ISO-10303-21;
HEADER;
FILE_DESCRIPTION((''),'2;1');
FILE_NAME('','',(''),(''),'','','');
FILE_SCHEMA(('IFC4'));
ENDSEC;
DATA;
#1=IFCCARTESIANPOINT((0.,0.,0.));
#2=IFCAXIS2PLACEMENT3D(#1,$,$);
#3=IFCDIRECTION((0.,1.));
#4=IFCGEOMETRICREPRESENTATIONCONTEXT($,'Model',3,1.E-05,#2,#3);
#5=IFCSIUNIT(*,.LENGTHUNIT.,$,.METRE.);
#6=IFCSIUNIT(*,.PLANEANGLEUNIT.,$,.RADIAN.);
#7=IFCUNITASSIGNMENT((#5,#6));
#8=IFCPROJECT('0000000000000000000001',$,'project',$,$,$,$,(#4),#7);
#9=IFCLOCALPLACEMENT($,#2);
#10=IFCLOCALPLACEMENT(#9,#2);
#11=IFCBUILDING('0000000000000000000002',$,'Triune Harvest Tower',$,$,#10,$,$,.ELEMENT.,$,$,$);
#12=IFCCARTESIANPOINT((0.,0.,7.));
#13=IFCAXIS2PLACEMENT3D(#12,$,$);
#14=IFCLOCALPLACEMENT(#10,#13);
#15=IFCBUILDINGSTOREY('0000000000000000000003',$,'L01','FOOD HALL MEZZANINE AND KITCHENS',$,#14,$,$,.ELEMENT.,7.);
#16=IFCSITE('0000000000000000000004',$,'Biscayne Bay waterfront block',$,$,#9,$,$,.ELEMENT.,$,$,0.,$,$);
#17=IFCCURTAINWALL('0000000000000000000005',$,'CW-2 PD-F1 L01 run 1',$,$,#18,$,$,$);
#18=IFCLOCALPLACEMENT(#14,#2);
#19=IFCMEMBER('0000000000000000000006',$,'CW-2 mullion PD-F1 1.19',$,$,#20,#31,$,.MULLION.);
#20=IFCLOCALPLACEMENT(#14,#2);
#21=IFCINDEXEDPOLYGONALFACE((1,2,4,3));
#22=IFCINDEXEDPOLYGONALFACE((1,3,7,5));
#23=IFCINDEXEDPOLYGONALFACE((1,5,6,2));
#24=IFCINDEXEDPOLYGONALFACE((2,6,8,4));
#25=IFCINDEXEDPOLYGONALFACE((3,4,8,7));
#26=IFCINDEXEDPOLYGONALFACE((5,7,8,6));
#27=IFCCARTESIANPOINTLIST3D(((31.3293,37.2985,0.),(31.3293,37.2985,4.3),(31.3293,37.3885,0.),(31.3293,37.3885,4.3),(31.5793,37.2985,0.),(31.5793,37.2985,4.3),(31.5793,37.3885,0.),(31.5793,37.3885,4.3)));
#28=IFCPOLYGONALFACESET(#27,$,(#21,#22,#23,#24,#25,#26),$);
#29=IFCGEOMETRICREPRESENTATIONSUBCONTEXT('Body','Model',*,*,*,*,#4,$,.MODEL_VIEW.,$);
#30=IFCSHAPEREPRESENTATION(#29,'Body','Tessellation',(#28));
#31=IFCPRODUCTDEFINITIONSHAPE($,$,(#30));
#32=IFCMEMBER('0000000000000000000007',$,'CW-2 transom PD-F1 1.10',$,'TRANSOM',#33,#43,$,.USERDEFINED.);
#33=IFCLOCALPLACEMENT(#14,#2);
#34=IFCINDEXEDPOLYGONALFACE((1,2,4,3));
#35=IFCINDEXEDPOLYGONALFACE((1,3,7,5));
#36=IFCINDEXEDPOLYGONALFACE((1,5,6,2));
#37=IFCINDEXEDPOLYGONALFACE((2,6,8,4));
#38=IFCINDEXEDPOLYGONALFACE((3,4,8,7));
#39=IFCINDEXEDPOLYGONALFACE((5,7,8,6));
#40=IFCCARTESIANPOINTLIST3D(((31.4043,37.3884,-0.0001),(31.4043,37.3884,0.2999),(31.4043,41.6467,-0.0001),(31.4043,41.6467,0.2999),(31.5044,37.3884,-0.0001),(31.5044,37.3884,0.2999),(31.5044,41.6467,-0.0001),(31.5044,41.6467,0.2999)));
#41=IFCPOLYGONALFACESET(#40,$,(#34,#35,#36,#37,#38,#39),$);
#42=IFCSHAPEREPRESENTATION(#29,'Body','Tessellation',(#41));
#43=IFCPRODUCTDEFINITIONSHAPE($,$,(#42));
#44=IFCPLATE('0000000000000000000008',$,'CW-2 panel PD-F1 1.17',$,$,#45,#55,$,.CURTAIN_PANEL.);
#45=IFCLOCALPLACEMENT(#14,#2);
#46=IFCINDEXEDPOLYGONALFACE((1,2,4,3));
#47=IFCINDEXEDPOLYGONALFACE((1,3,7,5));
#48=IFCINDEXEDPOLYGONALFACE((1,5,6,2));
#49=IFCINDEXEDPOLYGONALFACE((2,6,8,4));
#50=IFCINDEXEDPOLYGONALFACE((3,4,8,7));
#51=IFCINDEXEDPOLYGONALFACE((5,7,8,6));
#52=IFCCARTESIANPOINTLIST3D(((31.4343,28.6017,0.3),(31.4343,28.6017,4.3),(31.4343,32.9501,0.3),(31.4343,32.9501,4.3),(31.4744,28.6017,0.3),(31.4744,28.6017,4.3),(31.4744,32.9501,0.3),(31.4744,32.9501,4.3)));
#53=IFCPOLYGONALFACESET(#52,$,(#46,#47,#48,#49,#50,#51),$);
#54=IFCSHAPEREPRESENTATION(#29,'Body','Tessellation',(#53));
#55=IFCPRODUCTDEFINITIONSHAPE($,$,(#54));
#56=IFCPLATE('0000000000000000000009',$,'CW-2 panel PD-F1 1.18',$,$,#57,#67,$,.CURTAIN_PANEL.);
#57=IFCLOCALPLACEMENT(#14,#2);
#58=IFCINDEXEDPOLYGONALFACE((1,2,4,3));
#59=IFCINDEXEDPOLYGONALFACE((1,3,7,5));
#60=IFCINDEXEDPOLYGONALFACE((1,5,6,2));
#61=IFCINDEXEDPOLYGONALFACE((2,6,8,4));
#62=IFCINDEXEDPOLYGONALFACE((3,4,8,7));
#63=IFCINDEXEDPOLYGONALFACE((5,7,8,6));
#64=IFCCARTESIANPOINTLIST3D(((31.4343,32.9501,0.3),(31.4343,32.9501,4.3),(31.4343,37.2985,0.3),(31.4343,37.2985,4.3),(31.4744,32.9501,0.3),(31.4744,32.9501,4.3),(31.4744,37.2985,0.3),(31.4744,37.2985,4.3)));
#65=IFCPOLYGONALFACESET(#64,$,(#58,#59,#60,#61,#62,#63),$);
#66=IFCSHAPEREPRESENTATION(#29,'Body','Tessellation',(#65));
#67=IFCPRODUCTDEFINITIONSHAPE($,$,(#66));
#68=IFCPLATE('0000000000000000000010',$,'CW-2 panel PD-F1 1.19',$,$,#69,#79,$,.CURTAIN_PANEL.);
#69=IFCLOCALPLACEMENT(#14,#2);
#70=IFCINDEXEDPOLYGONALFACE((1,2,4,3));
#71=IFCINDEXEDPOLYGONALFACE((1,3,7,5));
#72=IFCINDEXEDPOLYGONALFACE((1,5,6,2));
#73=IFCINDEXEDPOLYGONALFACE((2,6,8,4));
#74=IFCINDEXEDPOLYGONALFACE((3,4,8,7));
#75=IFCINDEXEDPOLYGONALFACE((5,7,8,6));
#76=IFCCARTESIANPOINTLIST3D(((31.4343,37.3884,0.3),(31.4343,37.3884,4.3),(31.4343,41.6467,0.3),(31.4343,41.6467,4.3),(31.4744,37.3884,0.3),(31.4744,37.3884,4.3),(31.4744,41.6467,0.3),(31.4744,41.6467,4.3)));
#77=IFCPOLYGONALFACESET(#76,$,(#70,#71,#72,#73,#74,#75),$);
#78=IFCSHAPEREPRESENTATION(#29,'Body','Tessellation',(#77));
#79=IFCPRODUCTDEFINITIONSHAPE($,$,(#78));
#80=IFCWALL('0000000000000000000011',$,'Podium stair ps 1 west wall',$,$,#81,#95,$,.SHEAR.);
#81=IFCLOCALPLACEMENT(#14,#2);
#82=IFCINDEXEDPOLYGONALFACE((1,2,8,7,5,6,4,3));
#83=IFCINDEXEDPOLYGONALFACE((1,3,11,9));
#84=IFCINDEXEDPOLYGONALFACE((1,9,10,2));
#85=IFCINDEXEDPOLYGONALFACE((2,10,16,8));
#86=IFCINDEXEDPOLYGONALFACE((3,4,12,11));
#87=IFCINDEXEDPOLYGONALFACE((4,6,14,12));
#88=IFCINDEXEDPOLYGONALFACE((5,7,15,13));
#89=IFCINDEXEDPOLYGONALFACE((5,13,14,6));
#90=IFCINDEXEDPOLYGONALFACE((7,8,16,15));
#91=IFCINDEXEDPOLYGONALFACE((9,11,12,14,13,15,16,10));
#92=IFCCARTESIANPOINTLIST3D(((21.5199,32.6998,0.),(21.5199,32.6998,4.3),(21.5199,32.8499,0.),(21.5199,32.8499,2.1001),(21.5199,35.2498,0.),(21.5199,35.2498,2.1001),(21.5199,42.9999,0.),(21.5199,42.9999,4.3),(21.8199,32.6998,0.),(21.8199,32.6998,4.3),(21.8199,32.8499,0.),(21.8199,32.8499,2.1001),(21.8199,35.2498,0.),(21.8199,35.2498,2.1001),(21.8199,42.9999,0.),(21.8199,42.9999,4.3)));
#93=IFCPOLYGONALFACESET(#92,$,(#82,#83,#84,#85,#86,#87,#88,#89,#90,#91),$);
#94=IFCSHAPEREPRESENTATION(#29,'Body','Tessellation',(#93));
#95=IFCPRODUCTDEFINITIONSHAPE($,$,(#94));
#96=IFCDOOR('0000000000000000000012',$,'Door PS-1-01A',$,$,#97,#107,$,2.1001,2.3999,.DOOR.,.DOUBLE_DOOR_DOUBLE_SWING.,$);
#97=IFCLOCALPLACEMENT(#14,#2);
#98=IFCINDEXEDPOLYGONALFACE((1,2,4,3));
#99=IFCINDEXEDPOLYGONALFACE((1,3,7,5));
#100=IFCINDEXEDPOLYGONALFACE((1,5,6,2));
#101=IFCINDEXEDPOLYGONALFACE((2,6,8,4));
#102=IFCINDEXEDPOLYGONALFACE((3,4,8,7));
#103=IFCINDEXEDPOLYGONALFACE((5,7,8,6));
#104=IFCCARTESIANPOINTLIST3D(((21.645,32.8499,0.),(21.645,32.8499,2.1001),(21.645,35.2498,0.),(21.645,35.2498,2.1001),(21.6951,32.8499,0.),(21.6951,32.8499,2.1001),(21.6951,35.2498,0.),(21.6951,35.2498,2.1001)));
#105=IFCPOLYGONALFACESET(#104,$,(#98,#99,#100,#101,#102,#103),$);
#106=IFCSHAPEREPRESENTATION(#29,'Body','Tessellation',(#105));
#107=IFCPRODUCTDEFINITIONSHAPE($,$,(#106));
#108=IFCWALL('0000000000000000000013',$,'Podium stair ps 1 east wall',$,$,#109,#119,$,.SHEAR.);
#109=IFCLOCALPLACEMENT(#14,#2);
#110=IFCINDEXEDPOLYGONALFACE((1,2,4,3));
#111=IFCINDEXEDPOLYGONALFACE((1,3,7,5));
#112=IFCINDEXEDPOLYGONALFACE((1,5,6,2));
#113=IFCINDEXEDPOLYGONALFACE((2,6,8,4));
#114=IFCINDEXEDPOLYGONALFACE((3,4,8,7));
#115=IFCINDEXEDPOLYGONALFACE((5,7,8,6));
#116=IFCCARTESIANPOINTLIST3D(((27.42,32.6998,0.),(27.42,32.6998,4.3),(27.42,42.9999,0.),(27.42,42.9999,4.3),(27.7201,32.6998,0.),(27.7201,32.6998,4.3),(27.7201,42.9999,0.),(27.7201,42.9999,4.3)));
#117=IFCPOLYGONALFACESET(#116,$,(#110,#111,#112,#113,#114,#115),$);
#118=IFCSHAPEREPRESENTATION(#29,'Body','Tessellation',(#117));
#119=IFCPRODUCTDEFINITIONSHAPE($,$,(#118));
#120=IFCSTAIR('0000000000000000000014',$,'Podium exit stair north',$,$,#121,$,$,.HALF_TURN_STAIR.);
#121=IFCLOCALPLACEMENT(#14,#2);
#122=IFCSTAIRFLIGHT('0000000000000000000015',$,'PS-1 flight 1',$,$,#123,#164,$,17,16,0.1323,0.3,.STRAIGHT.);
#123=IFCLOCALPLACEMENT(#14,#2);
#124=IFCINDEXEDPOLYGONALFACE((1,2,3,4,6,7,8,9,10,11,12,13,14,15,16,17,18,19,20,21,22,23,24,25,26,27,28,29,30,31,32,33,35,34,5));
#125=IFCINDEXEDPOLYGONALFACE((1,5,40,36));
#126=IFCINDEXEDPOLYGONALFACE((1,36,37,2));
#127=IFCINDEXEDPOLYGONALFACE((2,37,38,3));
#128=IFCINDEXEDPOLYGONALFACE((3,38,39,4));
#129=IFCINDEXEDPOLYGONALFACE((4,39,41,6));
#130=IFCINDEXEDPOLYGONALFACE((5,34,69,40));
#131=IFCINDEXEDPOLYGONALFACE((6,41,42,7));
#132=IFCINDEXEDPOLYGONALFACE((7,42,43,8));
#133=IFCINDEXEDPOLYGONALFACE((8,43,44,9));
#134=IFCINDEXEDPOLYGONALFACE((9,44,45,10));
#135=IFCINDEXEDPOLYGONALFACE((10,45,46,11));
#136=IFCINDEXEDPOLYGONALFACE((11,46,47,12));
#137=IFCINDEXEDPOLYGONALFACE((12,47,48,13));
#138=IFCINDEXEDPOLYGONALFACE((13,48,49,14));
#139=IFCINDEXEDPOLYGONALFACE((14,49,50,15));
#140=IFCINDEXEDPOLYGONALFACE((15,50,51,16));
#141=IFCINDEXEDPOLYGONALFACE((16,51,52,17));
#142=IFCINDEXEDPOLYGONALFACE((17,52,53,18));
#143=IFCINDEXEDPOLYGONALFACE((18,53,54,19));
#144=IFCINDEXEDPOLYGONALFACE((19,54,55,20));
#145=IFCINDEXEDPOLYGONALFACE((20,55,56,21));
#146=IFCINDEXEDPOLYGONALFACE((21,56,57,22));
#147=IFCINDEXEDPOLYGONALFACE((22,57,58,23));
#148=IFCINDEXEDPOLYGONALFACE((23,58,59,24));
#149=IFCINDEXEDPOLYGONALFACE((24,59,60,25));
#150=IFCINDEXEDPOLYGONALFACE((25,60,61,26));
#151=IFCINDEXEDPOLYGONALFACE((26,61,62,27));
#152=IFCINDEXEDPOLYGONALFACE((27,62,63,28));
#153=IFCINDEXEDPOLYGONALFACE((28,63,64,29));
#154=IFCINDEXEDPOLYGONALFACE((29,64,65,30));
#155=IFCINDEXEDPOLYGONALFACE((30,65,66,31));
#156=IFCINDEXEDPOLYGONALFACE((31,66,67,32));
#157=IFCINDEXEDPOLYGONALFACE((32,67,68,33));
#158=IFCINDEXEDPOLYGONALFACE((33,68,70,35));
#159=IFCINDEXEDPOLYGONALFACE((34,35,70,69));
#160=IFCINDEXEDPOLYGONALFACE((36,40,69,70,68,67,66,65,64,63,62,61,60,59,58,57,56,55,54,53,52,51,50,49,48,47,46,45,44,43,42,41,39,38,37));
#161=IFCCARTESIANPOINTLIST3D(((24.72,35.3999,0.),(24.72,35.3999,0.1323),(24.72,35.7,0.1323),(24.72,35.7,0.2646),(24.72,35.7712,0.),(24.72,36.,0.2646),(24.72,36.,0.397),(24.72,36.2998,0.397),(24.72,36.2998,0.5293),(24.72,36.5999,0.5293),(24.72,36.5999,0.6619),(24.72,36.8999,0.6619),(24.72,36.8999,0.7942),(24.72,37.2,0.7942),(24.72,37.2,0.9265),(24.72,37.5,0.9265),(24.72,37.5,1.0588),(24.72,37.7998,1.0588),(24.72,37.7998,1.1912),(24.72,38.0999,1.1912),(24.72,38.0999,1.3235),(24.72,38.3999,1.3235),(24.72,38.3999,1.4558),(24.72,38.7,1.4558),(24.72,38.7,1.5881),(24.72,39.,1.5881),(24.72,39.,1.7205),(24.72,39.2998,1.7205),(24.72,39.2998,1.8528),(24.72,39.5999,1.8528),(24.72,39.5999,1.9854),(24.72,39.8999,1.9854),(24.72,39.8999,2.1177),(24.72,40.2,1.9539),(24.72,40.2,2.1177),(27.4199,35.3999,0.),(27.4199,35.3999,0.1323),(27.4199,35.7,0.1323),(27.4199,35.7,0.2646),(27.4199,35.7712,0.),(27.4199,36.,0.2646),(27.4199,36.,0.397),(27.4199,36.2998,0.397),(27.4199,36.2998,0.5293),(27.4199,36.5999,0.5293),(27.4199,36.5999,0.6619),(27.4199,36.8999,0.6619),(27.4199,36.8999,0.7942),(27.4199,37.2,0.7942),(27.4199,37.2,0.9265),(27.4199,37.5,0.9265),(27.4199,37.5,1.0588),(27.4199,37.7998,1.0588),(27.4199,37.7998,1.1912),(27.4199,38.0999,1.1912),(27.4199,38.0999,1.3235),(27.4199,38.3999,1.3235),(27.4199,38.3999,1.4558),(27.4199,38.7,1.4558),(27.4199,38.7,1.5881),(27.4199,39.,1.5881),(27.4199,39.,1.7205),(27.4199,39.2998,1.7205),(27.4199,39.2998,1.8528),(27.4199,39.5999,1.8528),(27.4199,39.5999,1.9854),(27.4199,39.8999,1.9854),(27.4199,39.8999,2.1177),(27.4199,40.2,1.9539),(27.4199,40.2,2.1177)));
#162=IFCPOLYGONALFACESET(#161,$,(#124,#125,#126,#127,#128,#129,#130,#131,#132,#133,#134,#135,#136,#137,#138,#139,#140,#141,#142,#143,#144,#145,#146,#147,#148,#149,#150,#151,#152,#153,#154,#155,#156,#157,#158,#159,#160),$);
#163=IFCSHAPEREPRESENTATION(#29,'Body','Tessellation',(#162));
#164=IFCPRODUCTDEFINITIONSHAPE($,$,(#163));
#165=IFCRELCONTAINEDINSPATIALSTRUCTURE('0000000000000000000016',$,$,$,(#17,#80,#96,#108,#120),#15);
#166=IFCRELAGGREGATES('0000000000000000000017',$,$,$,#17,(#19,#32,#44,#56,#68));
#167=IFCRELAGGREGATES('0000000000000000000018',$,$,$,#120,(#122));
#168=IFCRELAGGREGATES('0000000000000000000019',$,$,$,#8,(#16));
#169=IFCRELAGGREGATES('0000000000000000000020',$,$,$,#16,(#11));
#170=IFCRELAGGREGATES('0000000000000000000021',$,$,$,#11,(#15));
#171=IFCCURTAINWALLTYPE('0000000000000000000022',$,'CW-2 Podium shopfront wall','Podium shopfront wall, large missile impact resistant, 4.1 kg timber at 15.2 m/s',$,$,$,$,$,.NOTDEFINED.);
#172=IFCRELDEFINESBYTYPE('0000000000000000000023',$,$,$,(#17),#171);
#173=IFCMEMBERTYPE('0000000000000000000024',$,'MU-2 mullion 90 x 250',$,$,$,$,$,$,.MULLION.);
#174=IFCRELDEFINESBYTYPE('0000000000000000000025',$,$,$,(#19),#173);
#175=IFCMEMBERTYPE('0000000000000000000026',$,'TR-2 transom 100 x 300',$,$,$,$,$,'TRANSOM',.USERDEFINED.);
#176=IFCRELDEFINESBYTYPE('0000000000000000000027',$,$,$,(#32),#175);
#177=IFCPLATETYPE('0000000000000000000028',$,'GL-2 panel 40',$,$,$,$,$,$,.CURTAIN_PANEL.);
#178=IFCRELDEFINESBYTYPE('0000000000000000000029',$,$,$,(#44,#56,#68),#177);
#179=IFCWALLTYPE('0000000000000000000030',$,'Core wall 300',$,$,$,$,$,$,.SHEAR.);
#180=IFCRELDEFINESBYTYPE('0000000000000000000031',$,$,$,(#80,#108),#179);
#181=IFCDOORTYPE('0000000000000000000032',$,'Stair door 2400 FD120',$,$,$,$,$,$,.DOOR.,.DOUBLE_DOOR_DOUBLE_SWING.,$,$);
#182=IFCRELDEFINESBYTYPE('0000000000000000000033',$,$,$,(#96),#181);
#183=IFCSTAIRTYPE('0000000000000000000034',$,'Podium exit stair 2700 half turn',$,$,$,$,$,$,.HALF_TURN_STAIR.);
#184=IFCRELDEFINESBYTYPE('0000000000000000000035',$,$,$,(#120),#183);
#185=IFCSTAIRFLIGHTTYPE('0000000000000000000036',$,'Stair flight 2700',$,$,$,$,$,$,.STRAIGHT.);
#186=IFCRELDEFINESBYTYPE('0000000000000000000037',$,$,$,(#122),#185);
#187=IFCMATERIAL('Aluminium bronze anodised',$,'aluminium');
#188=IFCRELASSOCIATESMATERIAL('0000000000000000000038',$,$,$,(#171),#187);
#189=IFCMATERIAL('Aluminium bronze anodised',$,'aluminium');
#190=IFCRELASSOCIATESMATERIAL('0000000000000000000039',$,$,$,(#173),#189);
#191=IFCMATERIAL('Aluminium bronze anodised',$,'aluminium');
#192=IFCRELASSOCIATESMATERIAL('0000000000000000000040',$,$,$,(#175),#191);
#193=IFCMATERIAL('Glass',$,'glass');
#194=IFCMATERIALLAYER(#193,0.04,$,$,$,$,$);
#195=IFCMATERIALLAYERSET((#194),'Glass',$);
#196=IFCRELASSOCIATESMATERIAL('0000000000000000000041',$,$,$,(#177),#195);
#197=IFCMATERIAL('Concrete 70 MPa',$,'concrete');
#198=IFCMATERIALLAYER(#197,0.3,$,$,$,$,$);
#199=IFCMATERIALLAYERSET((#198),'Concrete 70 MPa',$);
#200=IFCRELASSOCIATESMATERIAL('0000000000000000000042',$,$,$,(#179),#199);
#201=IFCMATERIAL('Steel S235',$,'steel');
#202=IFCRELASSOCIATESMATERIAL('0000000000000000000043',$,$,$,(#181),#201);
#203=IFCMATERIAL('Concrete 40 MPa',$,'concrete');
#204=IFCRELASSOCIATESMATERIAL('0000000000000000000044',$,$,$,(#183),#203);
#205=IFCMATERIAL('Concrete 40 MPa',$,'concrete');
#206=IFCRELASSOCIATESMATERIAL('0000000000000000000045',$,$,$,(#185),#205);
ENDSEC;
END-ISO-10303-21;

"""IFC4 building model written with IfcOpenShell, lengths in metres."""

from ifc_helpers import new_model, si_unit, direction, frame, frame_2d, origin, origin_2d, place, context, subcontext, project, spatial, polyline, rectangle, outline, extrude, source, transform, mapped, material, layer, layer_set, material_profile, profile_set, type_object, element, fill, aggregate, save


model = new_model("IFC4")

# Units and contexts
model_context = context("Model", 3, precision=1e-05, world=origin(), true_north=direction((0.0, 1.0)))
body_context = subcontext(model_context, "Body", "Model", "MODEL_VIEW")
ifc_project = project(units=[si_unit("LENGTHUNIT", "METRE"), si_unit("PLANEANGLEUNIT", "RADIAN")], contexts=[model_context])

# Site, building, storey
site_placement = place(None, origin())
site = spatial("IfcSite", under=ifc_project, at=site_placement, Name="Biscayne Bay waterfront block", CompositionType="ELEMENT", RefElevation=0.0)
building_placement = place(site_placement, origin())
building = spatial("IfcBuilding", under=site, at=building_placement, Name="Triune Harvest Tower", CompositionType="ELEMENT")
storey_placement = place(building_placement, frame((0.0, 0.0, 7.0)))
storey = spatial("IfcBuildingStorey", under=building, at=storey_placement, Name="L01", Description="FOOD HALL MEZZANINE AND KITCHENS", CompositionType="ELEMENT", Elevation=7.0)

# Curtain wall, members, plates
ifc_material_1 = material(Name="Aluminium bronze anodised", Category="aluminium")
curtain_wall_type = type_object("IfcCurtainWallType", Name="CW-2 Podium shopfront wall", Description="Podium shopfront wall, large missile impact resistant, 4.1 kg timber at 15.2 m/s", PredefinedType="NOTDEFINED", material=ifc_material_1)
curtain_wall_placement = place(storey_placement, origin())
curtain_wall = element("IfcCurtainWall", 1, at=curtain_wall_placement, inside=storey, type_object=curtain_wall_type, Name="CW-2 PD-F1 L01 run 1")
ifc_material_2 = material(Name="Aluminium bronze anodised", Category="aluminium")
ifc_material_profile_1 = material_profile(ifc_material_2, rectangle(XDim=0.25, YDim=0.0901, at=origin_2d()), Name="MU-2 mullion 90 x 250")
ifc_profile_set_1 = profile_set([ifc_material_profile_1], Name="Aluminium bronze anodised")
member_type_1 = type_object("IfcMemberType", Name="MU-2 mullion 90 x 250", PredefinedType="MULLION", material=ifc_profile_set_1)
shared_shape_1 = source(origin(), body_context, "Body", "SweptSolid", [
    extrude(rectangle(XDim=0.25, YDim=0.0901, at=origin_2d()), origin(), (0.0, 0.0, 1.0), 4.3),
])
member_1_placement = place(storey_placement, frame((31.4543, 37.3435, 0.0), z_axis=(0.0, 0.0, 1.0), x_axis=(-1.0, 0.0, 0.0)))
member_1 = element("IfcMember", 2, at=member_1_placement, type_object=member_type_1, Name="CW-2 mullion PD-F1 1.19", PredefinedType="MULLION", context=body_context, shape_type="MappedRepresentation", body=[
    mapped(shared_shape_1, transform((0.0, 0.0, 0.0), scale=1.0)),
])
ifc_material_3 = material(Name="Aluminium bronze anodised", Category="aluminium")
ifc_material_profile_2 = material_profile(ifc_material_3, rectangle(XDim=0.1001, YDim=0.3, at=origin_2d()), Name="TR-2 transom 100 x 300")
ifc_profile_set_2 = profile_set([ifc_material_profile_2], Name="Aluminium bronze anodised")
member_type_2 = type_object("IfcMemberType", Name="TR-2 transom 100 x 300", ElementType="TRANSOM", PredefinedType="USERDEFINED", material=ifc_profile_set_2)
shared_shape_2 = source(origin(), body_context, "Body", "SweptSolid", [
    extrude(rectangle(XDim=0.1001, YDim=0.3, at=origin_2d()), origin(), (0.0, 0.0, 1.0), 4.2583),
])
member_2_placement = place(storey_placement, frame((31.4543, 37.3884, 0.1499), z_axis=(0.0, 1.0, 0.0), x_axis=(-1.0, 0.0, 0.0)))
member_2 = element("IfcMember", 3, at=member_2_placement, type_object=member_type_2, Name="CW-2 transom PD-F1 1.10", ObjectType="TRANSOM", PredefinedType="USERDEFINED", context=body_context, shape_type="MappedRepresentation", body=[
    mapped(shared_shape_2, transform((0.0, 0.0, 0.0), scale=1.0)),
])
ifc_material_4 = material(Name="Glass", Category="glass")
ifc_layer_1 = layer(ifc_material_4, 0.04)
ifc_layer_set_1 = layer_set([ifc_layer_1], Name="Glass")
plate_type = type_object("IfcPlateType", Name="GL-2 panel 40", PredefinedType="CURTAIN_PANEL", material=ifc_layer_set_1)
shared_shape_3 = source(origin(), body_context, "Body", "SweptSolid", [
    extrude(rectangle(XDim=4.3484, YDim=0.04, at=origin_2d()), origin(), (0.0, 0.0, 1.0), 4.0),
])
plate_1_placement = place(storey_placement, frame((31.4543, 30.7759, 0.3), z_axis=(0.0, 0.0, 1.0), x_axis=(0.0, 1.0, 0.0)))
plate_1 = element("IfcPlate", 4, at=plate_1_placement, type_object=plate_type, Name="CW-2 panel PD-F1 1.17", PredefinedType="CURTAIN_PANEL", context=body_context, shape_type="MappedRepresentation", body=[
    mapped(shared_shape_3, transform((0.0, 0.0, 0.0), scale=1.0)),
])
plate_2_placement = place(storey_placement, frame((31.4543, 35.1243, 0.3), z_axis=(0.0, 0.0, 1.0), x_axis=(0.0, 1.0, 0.0)))
plate_2 = element("IfcPlate", 5, at=plate_2_placement, type_object=plate_type, Name="CW-2 panel PD-F1 1.18", PredefinedType="CURTAIN_PANEL", context=body_context, shape_type="MappedRepresentation", body=[
    mapped(shared_shape_3, transform((0.0, 0.0, 0.0), scale=1.0)),
])
shared_shape_4 = source(origin(), body_context, "Body", "SweptSolid", [
    extrude(rectangle(XDim=4.2583, YDim=0.04, at=origin_2d()), origin(), (0.0, 0.0, 1.0), 4.0),
])
plate_3_placement = place(storey_placement, frame((31.4543, 39.5176, 0.3), z_axis=(0.0, 0.0, 1.0), x_axis=(0.0, 1.0, 0.0)))
plate_3 = element("IfcPlate", 6, at=plate_3_placement, type_object=plate_type, Name="CW-2 panel PD-F1 1.19", PredefinedType="CURTAIN_PANEL", context=body_context, shape_type="MappedRepresentation", body=[
    mapped(shared_shape_4, transform((0.0, 0.0, 0.0), scale=1.0)),
])
aggregate(curtain_wall, [member_1, member_2, plate_1, plate_2, plate_3])

# Wall, opening, door
ifc_material_5 = material(Name="Concrete 70 MPa", Category="concrete")
ifc_layer_2 = layer(ifc_material_5, 0.3)
ifc_layer_set_2 = layer_set([ifc_layer_2], Name="Concrete 70 MPa")
wall_type = type_object("IfcWallType", Name="Core wall 300", PredefinedType="SHEAR", material=ifc_layer_set_2)
shared_shape_5 = source(origin(), body_context, "Body", "SweptSolid", [
    extrude(rectangle(XDim=10.3, YDim=0.3, at=frame_2d((5.1499, 0.0))), origin(), (0.0, 0.0, 1.0), 4.3),
])
wall_1_placement = place(storey_placement, frame((21.6699, 32.7, 0.0), z_axis=(0.0, 0.0, 1.0), x_axis=(0.0, 1.0, 0.0)))
wall_1 = element("IfcWall", 7, at=wall_1_placement, inside=storey, type_object=wall_type, Name="Podium stair ps 1 west wall", PredefinedType="SHEAR", context=body_context, shape_type="MappedRepresentation", body=[
    mapped(shared_shape_5, transform((0.0, 0.0, 0.0), scale=1.0)),
])
opening_placement = place(wall_1_placement, frame((0.1499, 0.0, 0.0)))
opening = element("IfcOpeningElement", 8, at=opening_placement, cuts=wall_1, PredefinedType="OPENING", context=body_context, shape_type="SweptSolid", body=[
    extrude(rectangle(XDim=2.3999, YDim=2.1001, at=frame_2d((1.2, 1.05))), frame((0.0, 0.1602, 0.0), z_axis=(0.0, -1.0, 0.0), x_axis=(1.0, 0.0, 0.0)), (0.0, 0.0, 1.0), 0.3201),
])
ifc_material_6 = material(Name="Steel S235", Category="steel")
door_type = type_object("IfcDoorType", Name="Stair door 2400 FD120", OperationType="DOUBLE_DOOR_DOUBLE_SWING", PredefinedType="DOOR", material=ifc_material_6)
door_placement = place(opening_placement, origin())
door = element("IfcDoor", 9, at=door_placement, inside=storey, type_object=door_type, Name="Door PS-1-01A", OperationType="DOUBLE_DOOR_DOUBLE_SWING", OverallHeight=2.1001, OverallWidth=2.3999, PredefinedType="DOOR", context=body_context, shape_type="SweptSolid", body=[
    extrude(rectangle(XDim=2.3999, YDim=2.1001, at=frame_2d((1.2, 1.05))), frame((0.0, 0.0249, 0.0), z_axis=(0.0, -1.0, 0.0), x_axis=(1.0, 0.0, 0.0)), (0.0, 0.0, 1.0), 0.05),
])
fill(opening, door)

# Wall
wall_2_placement = place(storey_placement, frame((27.5701, 32.7, 0.0), z_axis=(0.0, 0.0, 1.0), x_axis=(0.0, 1.0, 0.0)))
element("IfcWall", 10, at=wall_2_placement, inside=storey, type_object=wall_type, Name="Podium stair ps 1 east wall", PredefinedType="SHEAR", context=body_context, shape_type="MappedRepresentation", body=[
    mapped(shared_shape_5, transform((0.0, 0.0, 0.0), scale=1.0)),
])

# Stair, stair flight
ifc_material_7 = material(Name="Concrete 40 MPa", Category="concrete")
stair_type = type_object("IfcStairType", Name="Podium exit stair 2700 half turn", PredefinedType="HALF_TURN_STAIR", material=ifc_material_7)
stair_placement = place(storey_placement, origin())
stair = element("IfcStair", 11, at=stair_placement, inside=storey, type_object=stair_type, Name="Podium exit stair north", PredefinedType="HALF_TURN_STAIR")
ifc_material_8 = material(Name="Concrete 40 MPa", Category="concrete")
stair_flight_type = type_object("IfcStairFlightType", Name="Stair flight 2700", PredefinedType="STRAIGHT", material=ifc_material_8)
shared_shape_6 = source(origin(), body_context, "Body", "SweptSolid", [
    extrude(outline(polyline([(0.0, 0.0), (0.0, 0.1323), (0.3, 0.1323), (0.3, 0.2646), (0.6001, 0.2646), (0.6001, 0.397), (0.8999, 0.397), (0.8999, 0.5293), (1.2, 0.5293), (1.2, 0.6619), (1.5, 0.6619), (1.5, 0.7942), (1.8, 0.7942), (1.8, 0.9265), (2.1001, 0.9265), (2.1001, 1.0588), (2.3999, 1.0588), (2.3999, 1.1912), (2.7, 1.1912), (2.7, 1.3235), (3.0, 1.3235), (3.0, 1.4558), (3.3, 1.4558), (3.3, 1.5881), (3.6001, 1.5881), (3.6001, 1.7205), (3.8999, 1.7205), (3.8999, 1.8528), (4.2, 1.8528), (4.2, 1.9854), (4.5, 1.9854), (4.5, 2.1177), (4.8, 2.1177), (4.8, 2.25), (4.8, 1.9539), (0.3713, 0.0), (0.0, 0.0)])), frame((0.0, 1.3501, 0.0), z_axis=(0.0, -1.0, 0.0), x_axis=(1.0, 0.0, 0.0)), (0.0, 0.0, 1.0), 2.7),
])
stair_flight_placement = place(storey_placement, frame((26.0701, 35.3999, 0.0), z_axis=(0.0, 0.0, 1.0), x_axis=(0.0, 1.0, 0.0)))
stair_flight = element("IfcStairFlight", 12, at=stair_flight_placement, type_object=stair_flight_type, Name="PS-1 flight 1", NumberOfRisers=17, NumberOfTreads=16, PredefinedType="STRAIGHT", RiserHeight=0.1323, TreadLength=0.3, context=body_context, shape_type="MappedRepresentation", body=[
    mapped(shared_shape_6, transform((0.0, 0.0, 0.0), scale=1.0)),
])
aggregate(stair, [stair_flight])

save(model, "model.ifc")
